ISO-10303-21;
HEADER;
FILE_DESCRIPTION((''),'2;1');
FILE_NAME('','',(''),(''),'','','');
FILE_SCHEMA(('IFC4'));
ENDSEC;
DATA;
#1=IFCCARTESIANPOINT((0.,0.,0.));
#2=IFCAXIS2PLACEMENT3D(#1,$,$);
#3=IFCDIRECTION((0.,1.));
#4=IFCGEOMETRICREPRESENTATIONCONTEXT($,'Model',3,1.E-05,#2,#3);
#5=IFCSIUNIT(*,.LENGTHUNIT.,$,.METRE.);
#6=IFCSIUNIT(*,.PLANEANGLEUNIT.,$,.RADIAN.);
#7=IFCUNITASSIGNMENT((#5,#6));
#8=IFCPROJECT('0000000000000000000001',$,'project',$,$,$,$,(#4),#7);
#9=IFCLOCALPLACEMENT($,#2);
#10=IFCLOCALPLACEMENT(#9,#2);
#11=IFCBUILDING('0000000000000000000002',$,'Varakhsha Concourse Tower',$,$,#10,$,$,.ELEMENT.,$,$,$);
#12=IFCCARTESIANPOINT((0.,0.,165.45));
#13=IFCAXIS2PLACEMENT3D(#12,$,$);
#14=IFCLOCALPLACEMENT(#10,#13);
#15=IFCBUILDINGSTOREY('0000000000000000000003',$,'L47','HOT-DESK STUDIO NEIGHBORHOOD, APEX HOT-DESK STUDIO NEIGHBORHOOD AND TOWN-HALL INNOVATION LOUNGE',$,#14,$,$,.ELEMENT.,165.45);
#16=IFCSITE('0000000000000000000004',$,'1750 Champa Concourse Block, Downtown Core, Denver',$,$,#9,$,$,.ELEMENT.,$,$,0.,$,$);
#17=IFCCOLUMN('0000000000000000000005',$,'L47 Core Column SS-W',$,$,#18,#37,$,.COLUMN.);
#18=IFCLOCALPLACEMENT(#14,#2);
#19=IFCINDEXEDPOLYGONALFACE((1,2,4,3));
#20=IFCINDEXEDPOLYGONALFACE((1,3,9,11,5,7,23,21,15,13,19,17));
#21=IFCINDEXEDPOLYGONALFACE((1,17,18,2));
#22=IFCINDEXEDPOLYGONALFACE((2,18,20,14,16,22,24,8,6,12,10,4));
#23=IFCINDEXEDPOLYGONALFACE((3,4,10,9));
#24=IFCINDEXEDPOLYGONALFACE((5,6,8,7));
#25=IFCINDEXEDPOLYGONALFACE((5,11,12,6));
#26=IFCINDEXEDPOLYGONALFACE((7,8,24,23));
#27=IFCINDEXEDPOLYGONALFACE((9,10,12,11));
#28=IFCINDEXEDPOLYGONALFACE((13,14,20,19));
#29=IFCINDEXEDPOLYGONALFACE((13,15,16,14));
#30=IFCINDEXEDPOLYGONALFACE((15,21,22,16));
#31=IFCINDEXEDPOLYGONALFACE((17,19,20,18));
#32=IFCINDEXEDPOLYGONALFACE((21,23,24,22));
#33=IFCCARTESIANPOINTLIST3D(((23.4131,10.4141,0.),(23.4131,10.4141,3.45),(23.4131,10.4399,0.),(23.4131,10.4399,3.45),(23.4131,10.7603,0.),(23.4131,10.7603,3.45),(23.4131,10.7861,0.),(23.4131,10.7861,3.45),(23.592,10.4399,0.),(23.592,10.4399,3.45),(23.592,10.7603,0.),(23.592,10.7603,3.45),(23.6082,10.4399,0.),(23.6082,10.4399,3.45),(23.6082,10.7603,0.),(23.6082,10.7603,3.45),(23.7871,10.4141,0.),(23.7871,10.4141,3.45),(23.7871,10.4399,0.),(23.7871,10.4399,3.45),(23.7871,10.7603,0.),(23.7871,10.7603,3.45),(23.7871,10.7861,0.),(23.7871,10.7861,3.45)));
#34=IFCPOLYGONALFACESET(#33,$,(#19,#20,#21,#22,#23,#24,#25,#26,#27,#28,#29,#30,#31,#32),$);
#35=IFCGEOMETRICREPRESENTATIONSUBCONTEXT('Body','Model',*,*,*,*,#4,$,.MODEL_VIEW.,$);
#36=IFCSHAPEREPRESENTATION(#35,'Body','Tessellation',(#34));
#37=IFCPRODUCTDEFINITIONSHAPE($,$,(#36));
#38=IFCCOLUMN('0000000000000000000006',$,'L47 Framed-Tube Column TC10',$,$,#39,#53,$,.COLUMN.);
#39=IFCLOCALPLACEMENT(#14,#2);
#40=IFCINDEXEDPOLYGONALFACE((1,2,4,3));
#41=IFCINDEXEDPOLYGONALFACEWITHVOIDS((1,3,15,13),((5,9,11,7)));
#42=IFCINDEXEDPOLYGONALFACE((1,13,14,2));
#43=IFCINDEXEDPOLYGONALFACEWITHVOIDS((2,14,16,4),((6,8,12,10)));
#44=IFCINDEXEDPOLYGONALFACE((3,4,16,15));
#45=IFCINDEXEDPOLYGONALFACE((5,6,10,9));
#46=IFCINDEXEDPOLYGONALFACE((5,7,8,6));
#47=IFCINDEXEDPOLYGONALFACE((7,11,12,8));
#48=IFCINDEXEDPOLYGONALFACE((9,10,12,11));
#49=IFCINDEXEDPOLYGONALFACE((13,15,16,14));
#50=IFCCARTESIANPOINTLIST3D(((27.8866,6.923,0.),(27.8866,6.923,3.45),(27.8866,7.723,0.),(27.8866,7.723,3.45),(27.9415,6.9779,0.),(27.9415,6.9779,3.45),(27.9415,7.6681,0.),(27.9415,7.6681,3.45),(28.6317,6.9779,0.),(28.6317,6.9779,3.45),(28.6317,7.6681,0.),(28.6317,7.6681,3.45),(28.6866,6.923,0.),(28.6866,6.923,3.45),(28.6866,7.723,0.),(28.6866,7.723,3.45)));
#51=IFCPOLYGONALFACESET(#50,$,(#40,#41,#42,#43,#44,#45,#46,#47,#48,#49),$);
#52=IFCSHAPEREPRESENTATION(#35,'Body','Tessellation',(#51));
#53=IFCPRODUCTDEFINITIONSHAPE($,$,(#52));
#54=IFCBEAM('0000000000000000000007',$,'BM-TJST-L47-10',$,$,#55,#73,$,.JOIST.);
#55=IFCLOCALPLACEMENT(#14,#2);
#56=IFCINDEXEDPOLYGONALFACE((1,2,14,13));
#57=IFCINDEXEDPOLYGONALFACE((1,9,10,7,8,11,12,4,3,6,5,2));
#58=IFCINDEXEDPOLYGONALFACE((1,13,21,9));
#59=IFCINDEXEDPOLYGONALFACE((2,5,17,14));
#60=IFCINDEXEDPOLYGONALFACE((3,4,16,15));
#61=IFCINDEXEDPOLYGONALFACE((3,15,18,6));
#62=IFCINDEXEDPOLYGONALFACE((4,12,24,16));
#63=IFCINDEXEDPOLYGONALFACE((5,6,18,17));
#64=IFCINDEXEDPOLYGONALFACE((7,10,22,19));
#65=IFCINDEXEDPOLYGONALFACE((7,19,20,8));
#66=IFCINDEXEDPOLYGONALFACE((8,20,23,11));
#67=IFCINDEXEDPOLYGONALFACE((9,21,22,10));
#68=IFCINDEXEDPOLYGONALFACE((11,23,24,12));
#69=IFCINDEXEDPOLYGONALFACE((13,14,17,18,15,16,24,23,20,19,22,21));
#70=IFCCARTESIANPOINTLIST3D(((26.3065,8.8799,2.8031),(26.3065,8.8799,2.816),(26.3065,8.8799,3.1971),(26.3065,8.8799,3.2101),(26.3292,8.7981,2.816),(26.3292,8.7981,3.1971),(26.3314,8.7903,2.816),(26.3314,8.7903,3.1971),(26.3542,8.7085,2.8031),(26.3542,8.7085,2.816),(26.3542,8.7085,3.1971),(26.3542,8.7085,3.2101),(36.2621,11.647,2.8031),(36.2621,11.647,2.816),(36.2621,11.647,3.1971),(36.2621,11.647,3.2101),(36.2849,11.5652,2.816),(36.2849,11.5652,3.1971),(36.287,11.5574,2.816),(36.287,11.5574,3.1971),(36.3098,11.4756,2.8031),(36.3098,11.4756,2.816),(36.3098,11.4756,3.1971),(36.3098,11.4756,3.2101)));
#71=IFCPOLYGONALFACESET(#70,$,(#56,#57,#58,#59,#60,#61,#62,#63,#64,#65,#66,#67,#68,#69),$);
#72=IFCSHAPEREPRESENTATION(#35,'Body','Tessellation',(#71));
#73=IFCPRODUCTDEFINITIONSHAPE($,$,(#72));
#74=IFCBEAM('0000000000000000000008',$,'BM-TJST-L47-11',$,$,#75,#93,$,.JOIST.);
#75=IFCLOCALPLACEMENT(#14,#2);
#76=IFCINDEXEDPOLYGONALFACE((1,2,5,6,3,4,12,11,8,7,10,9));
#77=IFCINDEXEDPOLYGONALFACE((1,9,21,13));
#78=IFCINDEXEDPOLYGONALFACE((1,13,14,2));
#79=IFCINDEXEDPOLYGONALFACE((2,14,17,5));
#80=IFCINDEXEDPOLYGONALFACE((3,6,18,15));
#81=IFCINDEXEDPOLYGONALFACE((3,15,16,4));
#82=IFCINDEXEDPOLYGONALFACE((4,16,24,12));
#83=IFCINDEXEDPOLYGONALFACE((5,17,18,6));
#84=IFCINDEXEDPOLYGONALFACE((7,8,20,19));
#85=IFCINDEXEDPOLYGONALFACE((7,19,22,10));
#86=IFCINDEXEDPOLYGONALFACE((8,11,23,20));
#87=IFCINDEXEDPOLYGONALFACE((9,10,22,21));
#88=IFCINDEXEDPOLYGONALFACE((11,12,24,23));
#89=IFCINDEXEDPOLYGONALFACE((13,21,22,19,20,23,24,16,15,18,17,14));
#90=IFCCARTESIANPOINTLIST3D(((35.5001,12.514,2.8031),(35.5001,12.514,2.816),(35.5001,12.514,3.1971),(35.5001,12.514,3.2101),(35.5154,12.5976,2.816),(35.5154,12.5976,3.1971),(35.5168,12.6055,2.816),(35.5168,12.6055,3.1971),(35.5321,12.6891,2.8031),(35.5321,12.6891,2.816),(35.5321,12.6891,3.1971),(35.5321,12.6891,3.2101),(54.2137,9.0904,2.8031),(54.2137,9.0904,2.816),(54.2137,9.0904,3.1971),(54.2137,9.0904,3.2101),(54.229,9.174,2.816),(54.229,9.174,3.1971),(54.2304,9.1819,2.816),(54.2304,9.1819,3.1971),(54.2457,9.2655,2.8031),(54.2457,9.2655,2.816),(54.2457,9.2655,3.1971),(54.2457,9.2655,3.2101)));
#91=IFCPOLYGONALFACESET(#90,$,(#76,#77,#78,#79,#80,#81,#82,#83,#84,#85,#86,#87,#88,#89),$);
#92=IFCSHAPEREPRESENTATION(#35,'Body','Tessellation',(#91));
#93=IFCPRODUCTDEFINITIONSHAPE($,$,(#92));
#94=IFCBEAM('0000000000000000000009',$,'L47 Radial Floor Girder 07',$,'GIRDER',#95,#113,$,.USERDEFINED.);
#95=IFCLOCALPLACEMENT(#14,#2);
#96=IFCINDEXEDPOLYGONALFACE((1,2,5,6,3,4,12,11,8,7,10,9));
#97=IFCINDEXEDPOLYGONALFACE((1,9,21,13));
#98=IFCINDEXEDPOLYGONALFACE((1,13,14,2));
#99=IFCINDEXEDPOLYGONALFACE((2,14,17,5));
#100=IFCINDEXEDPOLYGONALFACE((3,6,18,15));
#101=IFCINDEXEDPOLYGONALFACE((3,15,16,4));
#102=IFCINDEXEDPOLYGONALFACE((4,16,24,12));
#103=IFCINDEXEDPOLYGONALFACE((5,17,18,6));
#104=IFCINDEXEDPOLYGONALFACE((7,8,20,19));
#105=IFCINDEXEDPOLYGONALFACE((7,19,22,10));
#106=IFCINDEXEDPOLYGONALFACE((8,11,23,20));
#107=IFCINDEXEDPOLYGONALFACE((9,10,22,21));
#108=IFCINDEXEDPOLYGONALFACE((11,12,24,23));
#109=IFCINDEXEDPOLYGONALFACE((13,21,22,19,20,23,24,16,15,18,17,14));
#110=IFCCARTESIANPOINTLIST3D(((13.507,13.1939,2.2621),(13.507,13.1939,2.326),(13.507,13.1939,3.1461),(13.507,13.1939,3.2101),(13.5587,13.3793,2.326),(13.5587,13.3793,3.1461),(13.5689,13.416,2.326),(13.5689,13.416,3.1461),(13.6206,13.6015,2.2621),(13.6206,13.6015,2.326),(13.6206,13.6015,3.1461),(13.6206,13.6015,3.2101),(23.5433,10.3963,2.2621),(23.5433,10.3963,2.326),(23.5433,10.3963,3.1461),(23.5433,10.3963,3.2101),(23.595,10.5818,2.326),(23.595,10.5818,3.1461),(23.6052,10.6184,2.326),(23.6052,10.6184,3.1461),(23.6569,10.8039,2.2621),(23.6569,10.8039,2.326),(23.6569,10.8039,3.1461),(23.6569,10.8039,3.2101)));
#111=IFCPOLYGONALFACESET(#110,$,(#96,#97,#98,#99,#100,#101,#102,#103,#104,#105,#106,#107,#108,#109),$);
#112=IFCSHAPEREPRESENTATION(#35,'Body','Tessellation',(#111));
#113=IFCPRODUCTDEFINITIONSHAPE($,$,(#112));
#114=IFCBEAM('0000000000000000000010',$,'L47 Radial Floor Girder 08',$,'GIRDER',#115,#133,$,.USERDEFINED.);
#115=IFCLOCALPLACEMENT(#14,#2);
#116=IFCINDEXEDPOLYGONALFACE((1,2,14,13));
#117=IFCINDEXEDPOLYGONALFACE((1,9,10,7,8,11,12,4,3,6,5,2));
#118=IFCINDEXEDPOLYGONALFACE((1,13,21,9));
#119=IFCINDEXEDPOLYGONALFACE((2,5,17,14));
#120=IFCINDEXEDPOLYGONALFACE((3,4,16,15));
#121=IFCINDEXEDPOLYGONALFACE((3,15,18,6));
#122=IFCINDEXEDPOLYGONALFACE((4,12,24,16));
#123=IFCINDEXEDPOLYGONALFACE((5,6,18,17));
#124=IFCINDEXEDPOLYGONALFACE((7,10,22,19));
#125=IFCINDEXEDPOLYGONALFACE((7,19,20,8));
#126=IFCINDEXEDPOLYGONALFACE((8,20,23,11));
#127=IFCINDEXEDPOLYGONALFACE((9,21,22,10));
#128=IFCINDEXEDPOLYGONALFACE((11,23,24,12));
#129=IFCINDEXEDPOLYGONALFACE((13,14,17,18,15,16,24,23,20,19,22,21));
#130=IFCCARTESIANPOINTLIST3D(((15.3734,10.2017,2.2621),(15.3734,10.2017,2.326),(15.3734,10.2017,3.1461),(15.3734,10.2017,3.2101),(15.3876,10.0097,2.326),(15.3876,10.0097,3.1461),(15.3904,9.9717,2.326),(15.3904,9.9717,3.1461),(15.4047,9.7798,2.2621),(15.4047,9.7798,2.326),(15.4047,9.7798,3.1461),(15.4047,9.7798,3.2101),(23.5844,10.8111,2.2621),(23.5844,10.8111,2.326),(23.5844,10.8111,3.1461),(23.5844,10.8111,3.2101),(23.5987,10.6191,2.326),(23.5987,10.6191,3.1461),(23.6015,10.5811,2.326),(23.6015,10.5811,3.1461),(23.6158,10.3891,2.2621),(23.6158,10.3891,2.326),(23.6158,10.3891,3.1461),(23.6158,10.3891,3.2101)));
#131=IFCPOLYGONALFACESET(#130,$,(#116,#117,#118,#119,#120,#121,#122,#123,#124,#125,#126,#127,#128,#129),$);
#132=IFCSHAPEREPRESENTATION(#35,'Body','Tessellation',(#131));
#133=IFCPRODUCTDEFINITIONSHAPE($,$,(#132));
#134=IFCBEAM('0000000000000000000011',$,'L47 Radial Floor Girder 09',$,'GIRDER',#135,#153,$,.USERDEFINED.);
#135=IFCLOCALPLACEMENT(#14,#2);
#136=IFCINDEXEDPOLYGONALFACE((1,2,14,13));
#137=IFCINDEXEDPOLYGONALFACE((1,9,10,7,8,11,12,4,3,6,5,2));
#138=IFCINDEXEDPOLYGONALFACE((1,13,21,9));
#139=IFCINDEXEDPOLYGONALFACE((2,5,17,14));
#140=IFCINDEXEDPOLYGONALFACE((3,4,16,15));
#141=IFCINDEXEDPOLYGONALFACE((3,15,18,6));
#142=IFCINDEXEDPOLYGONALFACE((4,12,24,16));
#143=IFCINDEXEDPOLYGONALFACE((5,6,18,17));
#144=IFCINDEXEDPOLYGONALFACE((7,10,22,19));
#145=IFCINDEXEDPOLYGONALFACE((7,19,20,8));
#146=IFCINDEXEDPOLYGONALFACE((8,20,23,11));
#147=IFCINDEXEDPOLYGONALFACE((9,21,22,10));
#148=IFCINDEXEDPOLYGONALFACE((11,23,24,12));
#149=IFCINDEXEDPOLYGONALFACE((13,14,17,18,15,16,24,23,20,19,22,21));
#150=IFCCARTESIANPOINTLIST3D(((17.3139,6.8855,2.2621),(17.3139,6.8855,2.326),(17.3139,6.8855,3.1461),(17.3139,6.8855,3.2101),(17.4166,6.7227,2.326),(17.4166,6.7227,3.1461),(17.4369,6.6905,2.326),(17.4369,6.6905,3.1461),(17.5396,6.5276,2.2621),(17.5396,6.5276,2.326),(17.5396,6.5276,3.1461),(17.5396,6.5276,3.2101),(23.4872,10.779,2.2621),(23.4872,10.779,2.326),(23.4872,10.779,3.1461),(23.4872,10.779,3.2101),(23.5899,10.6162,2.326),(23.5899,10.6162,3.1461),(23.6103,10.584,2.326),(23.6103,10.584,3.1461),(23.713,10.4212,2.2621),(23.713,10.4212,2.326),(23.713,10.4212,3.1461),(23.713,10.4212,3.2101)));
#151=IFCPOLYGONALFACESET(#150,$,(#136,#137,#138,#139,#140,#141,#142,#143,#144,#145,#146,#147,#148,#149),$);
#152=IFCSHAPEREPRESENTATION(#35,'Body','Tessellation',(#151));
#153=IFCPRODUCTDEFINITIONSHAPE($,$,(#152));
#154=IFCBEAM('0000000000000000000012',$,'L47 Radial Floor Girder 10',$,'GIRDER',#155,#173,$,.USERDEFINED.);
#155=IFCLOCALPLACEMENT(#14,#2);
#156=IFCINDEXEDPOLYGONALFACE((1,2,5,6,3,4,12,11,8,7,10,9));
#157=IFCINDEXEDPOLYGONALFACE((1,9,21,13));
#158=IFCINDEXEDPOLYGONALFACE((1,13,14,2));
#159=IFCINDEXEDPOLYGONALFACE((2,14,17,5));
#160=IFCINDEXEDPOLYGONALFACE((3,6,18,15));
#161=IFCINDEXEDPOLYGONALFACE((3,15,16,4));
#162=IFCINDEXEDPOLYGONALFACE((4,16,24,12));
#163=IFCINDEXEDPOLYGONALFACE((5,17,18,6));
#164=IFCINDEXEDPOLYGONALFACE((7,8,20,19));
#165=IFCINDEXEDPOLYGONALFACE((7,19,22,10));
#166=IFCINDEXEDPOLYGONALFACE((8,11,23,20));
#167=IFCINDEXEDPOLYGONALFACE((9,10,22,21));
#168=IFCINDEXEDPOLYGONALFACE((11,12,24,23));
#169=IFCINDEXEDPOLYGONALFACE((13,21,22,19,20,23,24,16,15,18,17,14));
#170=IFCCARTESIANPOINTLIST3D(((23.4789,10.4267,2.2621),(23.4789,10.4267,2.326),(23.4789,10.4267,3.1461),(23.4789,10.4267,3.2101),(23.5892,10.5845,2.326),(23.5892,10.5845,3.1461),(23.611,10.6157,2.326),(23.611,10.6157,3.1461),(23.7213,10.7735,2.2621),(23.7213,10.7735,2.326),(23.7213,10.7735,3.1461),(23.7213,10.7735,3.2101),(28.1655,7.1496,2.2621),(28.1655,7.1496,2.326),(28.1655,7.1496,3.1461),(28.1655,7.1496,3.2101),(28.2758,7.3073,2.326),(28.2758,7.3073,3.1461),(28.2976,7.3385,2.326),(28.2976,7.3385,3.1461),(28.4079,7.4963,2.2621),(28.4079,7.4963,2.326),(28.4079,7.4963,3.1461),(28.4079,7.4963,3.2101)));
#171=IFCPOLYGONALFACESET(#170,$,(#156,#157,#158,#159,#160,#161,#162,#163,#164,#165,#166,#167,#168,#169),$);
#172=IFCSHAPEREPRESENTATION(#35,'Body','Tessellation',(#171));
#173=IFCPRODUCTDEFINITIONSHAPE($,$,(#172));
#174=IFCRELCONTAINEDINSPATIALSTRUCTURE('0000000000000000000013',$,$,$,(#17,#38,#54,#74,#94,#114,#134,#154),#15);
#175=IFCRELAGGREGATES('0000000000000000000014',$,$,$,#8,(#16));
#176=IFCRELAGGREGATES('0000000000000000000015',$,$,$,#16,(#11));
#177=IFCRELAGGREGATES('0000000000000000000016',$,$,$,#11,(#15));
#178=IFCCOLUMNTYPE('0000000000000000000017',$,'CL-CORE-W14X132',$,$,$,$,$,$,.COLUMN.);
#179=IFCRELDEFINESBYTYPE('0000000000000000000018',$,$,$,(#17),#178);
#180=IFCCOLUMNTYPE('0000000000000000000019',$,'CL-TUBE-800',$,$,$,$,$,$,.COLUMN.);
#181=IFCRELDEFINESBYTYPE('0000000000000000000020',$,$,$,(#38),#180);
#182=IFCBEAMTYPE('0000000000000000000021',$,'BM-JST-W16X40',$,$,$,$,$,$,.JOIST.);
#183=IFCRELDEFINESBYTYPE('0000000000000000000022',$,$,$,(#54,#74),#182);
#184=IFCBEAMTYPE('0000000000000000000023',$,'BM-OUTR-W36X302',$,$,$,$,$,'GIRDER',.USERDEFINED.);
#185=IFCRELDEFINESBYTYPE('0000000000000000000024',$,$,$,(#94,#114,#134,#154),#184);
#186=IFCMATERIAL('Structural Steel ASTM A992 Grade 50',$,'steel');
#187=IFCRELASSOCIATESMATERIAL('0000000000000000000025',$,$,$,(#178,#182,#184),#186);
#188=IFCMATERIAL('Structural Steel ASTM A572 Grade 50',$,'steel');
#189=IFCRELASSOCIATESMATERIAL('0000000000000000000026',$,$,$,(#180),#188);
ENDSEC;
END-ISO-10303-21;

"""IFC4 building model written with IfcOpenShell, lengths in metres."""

from ifc_helpers import new_model, si_unit, direction, frame, origin, origin_2d, place, context, subcontext, project, spatial, hollow_rectangle, i_section, extrude, material, material_profile, profile_set, type_object, element, save


model = new_model("IFC4")

# Units and contexts
model_context = context("Model", 3, precision=1e-05, world=origin(), true_north=direction((0.0, 1.0)))
body_context = subcontext(model_context, "Body", "Model", "MODEL_VIEW")
ifc_project = project(units=[si_unit("LENGTHUNIT", "METRE"), si_unit("PLANEANGLEUNIT", "RADIAN")], contexts=[model_context])

# Site, building, storey
site_placement = place(None, origin())
site = spatial("IfcSite", under=ifc_project, at=site_placement, Name="1750 Champa Concourse Block, Downtown Core, Denver", CompositionType="ELEMENT", RefElevation=0.0)
building_placement = place(site_placement, origin())
building = spatial("IfcBuilding", under=site, at=building_placement, Name="Varakhsha Concourse Tower", CompositionType="ELEMENT")
storey_placement = place(building_placement, frame((0.0, 0.0, 165.45)))
storey = spatial("IfcBuildingStorey", under=building, at=storey_placement, Name="L47", Description="HOT-DESK STUDIO NEIGHBORHOOD, APEX HOT-DESK STUDIO NEIGHBORHOOD AND TOWN-HALL INNOVATION LOUNGE", CompositionType="ELEMENT", Elevation=165.45)

# Columns
ifc_material_1 = material(Name="Structural Steel ASTM A992 Grade 50", Category="steel")
ifc_material_profile_1 = material_profile(ifc_material_1, i_section(OverallWidth=0.374, OverallDepth=0.3721, WebThickness=0.0161, FlangeThickness=0.0259, at=origin_2d()), Name="W14X132")
ifc_profile_set_1 = profile_set([ifc_material_profile_1], Name="Structural Steel ASTM A992 Grade 50")
column_type_1 = type_object("IfcColumnType", Name="CL-CORE-W14X132", PredefinedType="COLUMN", material=ifc_profile_set_1)
column_1_placement = place(storey_placement, frame((23.6001, 10.6001, 0.0), z_axis=(0.0, 0.0, 1.0), x_axis=(1.0, 0.0, 0.0)))
element("IfcColumn", 1, at=column_1_placement, inside=storey, type_object=column_type_1, Name="L47 Core Column SS-W", PredefinedType="COLUMN", context=body_context, shape_type="SweptSolid", body=[
    extrude(i_section(OverallWidth=0.374, OverallDepth=0.3721, WebThickness=0.0161, FlangeThickness=0.0259, at=origin_2d()), origin(), (0.0, 0.0, 1.0), 3.45),
])
ifc_material_2 = material(Name="Structural Steel ASTM A572 Grade 50", Category="steel")
ifc_material_profile_2 = material_profile(ifc_material_2, hollow_rectangle(XDim=0.8, YDim=0.8, WallThickness=0.0549, at=origin_2d()), Name="BOX 800x800x55")
ifc_profile_set_2 = profile_set([ifc_material_profile_2], Name="Structural Steel ASTM A572 Grade 50")
column_type_2 = type_object("IfcColumnType", Name="CL-TUBE-800", PredefinedType="COLUMN", material=ifc_profile_set_2)
column_2_placement = place(storey_placement, frame((28.2866, 7.323, 0.0), z_axis=(0.0, 0.0, 1.0), x_axis=(1.0, 0.0, 0.0)))
element("IfcColumn", 2, at=column_2_placement, inside=storey, type_object=column_type_2, Name="L47 Framed-Tube Column TC10", PredefinedType="COLUMN", context=body_context, shape_type="SweptSolid", body=[
    extrude(hollow_rectangle(XDim=0.8, YDim=0.8, WallThickness=0.0549, at=origin_2d()), origin(), (0.0, 0.0, 1.0), 3.45),
])

# Beams
ifc_material_profile_3 = material_profile(ifc_material_1, i_section(OverallWidth=0.178, OverallDepth=0.407, WebThickness=0.0081, FlangeThickness=0.0129, at=origin_2d()), Name="W16X40")
ifc_profile_set_3 = profile_set([ifc_material_profile_3], Name="Structural Steel ASTM A992 Grade 50")
beam_type_1 = type_object("IfcBeamType", Name="BM-JST-W16X40", PredefinedType="JOIST", material=ifc_profile_set_3)
beam_1_placement = place(storey_placement, frame((26.3303, 8.7942, 3.0066), z_axis=(0.963477, 0.267793, 0.0), x_axis=(-0.267793, 0.963477, 0.0)))
element("IfcBeam", 3, at=beam_1_placement, inside=storey, type_object=beam_type_1, Name="BM-TJST-L47-10", PredefinedType="JOIST", context=body_context, shape_type="SweptSolid", body=[
    extrude(i_section(OverallWidth=0.178, OverallDepth=0.407, WebThickness=0.0081, FlangeThickness=0.0129, at=origin_2d()), origin(), (0.0, 0.0, 1.0), 10.333),
])
beam_2_placement = place(storey_placement, frame((35.5161, 12.6016, 3.0066), z_axis=(0.983674, -0.179959, 0.0), x_axis=(0.179959, 0.983674, 0.0)))
element("IfcBeam", 4, at=beam_2_placement, inside=storey, type_object=beam_type_1, Name="BM-TJST-L47-11", PredefinedType="JOIST", context=body_context, shape_type="SweptSolid", body=[
    extrude(i_section(OverallWidth=0.178, OverallDepth=0.407, WebThickness=0.0081, FlangeThickness=0.0129, at=origin_2d()), origin(), (0.0, 0.0, 1.0), 19.0242),
])
ifc_material_profile_4 = material_profile(ifc_material_1, i_section(OverallWidth=0.4231, OverallDepth=0.948, WebThickness=0.0381, FlangeThickness=0.064, at=origin_2d()), Name="W36X302")
ifc_profile_set_4 = profile_set([ifc_material_profile_4], Name="Structural Steel ASTM A992 Grade 50")
beam_type_2 = type_object("IfcBeamType", Name="BM-OUTR-W36X302", ElementType="GIRDER", PredefinedType="USERDEFINED", material=ifc_profile_set_4)
beam_3_placement = place(storey_placement, frame((23.6001, 10.6001, 2.7361), z_axis=(-0.963277, 0.26851, 0.0), x_axis=(-0.26851, -0.963277, 0.0)))
element("IfcBeam", 5, at=beam_3_placement, inside=storey, type_object=beam_type_2, Name="L47 Radial Floor Girder 07", ObjectType="GIRDER", PredefinedType="USERDEFINED", context=body_context, shape_type="SweptSolid", body=[
    extrude(i_section(OverallWidth=0.4231, OverallDepth=0.948, WebThickness=0.0381, FlangeThickness=0.064, at=origin_2d()), origin(), (0.0, 0.0, 1.0), 10.4189),
])
beam_4_placement = place(storey_placement, frame((23.6001, 10.6001, 2.7361), z_axis=(-0.997258, -0.074009, 0.0), x_axis=(0.074009, -0.997258, 0.0)))
element("IfcBeam", 6, at=beam_4_placement, inside=storey, type_object=beam_type_2, Name="L47 Radial Floor Girder 08", ObjectType="GIRDER", PredefinedType="USERDEFINED", context=body_context, shape_type="SweptSolid", body=[
    extrude(i_section(OverallWidth=0.4231, OverallDepth=0.948, WebThickness=0.0381, FlangeThickness=0.064, at=origin_2d()), origin(), (0.0, 0.0, 1.0), 8.2336),
])
beam_5_placement = place(storey_placement, frame((23.6001, 10.6001, 2.7361), z_axis=(-0.845823, -0.533464, 0.0), x_axis=(0.533464, -0.845823, 0.0)))
element("IfcBeam", 7, at=beam_5_placement, inside=storey, type_object=beam_type_2, Name="L47 Radial Floor Girder 09", ObjectType="GIRDER", PredefinedType="USERDEFINED", context=body_context, shape_type="SweptSolid", body=[
    extrude(i_section(OverallWidth=0.4231, OverallDepth=0.948, WebThickness=0.0381, FlangeThickness=0.064, at=origin_2d()), origin(), (0.0, 0.0, 1.0), 7.2986),
])
beam_6_placement = place(storey_placement, frame((23.6001, 10.6001, 2.7361), z_axis=(0.819517, -0.573055, 0.0), x_axis=(0.573055, 0.819517, 0.0)))
element("IfcBeam", 8, at=beam_6_placement, inside=storey, type_object=beam_type_2, Name="L47 Radial Floor Girder 10", ObjectType="GIRDER", PredefinedType="USERDEFINED", context=body_context, shape_type="SweptSolid", body=[
    extrude(i_section(OverallWidth=0.4231, OverallDepth=0.948, WebThickness=0.0381, FlangeThickness=0.064, at=origin_2d()), origin(), (0.0, 0.0, 1.0), 5.7188),
])

save(model, "model.ifc")
